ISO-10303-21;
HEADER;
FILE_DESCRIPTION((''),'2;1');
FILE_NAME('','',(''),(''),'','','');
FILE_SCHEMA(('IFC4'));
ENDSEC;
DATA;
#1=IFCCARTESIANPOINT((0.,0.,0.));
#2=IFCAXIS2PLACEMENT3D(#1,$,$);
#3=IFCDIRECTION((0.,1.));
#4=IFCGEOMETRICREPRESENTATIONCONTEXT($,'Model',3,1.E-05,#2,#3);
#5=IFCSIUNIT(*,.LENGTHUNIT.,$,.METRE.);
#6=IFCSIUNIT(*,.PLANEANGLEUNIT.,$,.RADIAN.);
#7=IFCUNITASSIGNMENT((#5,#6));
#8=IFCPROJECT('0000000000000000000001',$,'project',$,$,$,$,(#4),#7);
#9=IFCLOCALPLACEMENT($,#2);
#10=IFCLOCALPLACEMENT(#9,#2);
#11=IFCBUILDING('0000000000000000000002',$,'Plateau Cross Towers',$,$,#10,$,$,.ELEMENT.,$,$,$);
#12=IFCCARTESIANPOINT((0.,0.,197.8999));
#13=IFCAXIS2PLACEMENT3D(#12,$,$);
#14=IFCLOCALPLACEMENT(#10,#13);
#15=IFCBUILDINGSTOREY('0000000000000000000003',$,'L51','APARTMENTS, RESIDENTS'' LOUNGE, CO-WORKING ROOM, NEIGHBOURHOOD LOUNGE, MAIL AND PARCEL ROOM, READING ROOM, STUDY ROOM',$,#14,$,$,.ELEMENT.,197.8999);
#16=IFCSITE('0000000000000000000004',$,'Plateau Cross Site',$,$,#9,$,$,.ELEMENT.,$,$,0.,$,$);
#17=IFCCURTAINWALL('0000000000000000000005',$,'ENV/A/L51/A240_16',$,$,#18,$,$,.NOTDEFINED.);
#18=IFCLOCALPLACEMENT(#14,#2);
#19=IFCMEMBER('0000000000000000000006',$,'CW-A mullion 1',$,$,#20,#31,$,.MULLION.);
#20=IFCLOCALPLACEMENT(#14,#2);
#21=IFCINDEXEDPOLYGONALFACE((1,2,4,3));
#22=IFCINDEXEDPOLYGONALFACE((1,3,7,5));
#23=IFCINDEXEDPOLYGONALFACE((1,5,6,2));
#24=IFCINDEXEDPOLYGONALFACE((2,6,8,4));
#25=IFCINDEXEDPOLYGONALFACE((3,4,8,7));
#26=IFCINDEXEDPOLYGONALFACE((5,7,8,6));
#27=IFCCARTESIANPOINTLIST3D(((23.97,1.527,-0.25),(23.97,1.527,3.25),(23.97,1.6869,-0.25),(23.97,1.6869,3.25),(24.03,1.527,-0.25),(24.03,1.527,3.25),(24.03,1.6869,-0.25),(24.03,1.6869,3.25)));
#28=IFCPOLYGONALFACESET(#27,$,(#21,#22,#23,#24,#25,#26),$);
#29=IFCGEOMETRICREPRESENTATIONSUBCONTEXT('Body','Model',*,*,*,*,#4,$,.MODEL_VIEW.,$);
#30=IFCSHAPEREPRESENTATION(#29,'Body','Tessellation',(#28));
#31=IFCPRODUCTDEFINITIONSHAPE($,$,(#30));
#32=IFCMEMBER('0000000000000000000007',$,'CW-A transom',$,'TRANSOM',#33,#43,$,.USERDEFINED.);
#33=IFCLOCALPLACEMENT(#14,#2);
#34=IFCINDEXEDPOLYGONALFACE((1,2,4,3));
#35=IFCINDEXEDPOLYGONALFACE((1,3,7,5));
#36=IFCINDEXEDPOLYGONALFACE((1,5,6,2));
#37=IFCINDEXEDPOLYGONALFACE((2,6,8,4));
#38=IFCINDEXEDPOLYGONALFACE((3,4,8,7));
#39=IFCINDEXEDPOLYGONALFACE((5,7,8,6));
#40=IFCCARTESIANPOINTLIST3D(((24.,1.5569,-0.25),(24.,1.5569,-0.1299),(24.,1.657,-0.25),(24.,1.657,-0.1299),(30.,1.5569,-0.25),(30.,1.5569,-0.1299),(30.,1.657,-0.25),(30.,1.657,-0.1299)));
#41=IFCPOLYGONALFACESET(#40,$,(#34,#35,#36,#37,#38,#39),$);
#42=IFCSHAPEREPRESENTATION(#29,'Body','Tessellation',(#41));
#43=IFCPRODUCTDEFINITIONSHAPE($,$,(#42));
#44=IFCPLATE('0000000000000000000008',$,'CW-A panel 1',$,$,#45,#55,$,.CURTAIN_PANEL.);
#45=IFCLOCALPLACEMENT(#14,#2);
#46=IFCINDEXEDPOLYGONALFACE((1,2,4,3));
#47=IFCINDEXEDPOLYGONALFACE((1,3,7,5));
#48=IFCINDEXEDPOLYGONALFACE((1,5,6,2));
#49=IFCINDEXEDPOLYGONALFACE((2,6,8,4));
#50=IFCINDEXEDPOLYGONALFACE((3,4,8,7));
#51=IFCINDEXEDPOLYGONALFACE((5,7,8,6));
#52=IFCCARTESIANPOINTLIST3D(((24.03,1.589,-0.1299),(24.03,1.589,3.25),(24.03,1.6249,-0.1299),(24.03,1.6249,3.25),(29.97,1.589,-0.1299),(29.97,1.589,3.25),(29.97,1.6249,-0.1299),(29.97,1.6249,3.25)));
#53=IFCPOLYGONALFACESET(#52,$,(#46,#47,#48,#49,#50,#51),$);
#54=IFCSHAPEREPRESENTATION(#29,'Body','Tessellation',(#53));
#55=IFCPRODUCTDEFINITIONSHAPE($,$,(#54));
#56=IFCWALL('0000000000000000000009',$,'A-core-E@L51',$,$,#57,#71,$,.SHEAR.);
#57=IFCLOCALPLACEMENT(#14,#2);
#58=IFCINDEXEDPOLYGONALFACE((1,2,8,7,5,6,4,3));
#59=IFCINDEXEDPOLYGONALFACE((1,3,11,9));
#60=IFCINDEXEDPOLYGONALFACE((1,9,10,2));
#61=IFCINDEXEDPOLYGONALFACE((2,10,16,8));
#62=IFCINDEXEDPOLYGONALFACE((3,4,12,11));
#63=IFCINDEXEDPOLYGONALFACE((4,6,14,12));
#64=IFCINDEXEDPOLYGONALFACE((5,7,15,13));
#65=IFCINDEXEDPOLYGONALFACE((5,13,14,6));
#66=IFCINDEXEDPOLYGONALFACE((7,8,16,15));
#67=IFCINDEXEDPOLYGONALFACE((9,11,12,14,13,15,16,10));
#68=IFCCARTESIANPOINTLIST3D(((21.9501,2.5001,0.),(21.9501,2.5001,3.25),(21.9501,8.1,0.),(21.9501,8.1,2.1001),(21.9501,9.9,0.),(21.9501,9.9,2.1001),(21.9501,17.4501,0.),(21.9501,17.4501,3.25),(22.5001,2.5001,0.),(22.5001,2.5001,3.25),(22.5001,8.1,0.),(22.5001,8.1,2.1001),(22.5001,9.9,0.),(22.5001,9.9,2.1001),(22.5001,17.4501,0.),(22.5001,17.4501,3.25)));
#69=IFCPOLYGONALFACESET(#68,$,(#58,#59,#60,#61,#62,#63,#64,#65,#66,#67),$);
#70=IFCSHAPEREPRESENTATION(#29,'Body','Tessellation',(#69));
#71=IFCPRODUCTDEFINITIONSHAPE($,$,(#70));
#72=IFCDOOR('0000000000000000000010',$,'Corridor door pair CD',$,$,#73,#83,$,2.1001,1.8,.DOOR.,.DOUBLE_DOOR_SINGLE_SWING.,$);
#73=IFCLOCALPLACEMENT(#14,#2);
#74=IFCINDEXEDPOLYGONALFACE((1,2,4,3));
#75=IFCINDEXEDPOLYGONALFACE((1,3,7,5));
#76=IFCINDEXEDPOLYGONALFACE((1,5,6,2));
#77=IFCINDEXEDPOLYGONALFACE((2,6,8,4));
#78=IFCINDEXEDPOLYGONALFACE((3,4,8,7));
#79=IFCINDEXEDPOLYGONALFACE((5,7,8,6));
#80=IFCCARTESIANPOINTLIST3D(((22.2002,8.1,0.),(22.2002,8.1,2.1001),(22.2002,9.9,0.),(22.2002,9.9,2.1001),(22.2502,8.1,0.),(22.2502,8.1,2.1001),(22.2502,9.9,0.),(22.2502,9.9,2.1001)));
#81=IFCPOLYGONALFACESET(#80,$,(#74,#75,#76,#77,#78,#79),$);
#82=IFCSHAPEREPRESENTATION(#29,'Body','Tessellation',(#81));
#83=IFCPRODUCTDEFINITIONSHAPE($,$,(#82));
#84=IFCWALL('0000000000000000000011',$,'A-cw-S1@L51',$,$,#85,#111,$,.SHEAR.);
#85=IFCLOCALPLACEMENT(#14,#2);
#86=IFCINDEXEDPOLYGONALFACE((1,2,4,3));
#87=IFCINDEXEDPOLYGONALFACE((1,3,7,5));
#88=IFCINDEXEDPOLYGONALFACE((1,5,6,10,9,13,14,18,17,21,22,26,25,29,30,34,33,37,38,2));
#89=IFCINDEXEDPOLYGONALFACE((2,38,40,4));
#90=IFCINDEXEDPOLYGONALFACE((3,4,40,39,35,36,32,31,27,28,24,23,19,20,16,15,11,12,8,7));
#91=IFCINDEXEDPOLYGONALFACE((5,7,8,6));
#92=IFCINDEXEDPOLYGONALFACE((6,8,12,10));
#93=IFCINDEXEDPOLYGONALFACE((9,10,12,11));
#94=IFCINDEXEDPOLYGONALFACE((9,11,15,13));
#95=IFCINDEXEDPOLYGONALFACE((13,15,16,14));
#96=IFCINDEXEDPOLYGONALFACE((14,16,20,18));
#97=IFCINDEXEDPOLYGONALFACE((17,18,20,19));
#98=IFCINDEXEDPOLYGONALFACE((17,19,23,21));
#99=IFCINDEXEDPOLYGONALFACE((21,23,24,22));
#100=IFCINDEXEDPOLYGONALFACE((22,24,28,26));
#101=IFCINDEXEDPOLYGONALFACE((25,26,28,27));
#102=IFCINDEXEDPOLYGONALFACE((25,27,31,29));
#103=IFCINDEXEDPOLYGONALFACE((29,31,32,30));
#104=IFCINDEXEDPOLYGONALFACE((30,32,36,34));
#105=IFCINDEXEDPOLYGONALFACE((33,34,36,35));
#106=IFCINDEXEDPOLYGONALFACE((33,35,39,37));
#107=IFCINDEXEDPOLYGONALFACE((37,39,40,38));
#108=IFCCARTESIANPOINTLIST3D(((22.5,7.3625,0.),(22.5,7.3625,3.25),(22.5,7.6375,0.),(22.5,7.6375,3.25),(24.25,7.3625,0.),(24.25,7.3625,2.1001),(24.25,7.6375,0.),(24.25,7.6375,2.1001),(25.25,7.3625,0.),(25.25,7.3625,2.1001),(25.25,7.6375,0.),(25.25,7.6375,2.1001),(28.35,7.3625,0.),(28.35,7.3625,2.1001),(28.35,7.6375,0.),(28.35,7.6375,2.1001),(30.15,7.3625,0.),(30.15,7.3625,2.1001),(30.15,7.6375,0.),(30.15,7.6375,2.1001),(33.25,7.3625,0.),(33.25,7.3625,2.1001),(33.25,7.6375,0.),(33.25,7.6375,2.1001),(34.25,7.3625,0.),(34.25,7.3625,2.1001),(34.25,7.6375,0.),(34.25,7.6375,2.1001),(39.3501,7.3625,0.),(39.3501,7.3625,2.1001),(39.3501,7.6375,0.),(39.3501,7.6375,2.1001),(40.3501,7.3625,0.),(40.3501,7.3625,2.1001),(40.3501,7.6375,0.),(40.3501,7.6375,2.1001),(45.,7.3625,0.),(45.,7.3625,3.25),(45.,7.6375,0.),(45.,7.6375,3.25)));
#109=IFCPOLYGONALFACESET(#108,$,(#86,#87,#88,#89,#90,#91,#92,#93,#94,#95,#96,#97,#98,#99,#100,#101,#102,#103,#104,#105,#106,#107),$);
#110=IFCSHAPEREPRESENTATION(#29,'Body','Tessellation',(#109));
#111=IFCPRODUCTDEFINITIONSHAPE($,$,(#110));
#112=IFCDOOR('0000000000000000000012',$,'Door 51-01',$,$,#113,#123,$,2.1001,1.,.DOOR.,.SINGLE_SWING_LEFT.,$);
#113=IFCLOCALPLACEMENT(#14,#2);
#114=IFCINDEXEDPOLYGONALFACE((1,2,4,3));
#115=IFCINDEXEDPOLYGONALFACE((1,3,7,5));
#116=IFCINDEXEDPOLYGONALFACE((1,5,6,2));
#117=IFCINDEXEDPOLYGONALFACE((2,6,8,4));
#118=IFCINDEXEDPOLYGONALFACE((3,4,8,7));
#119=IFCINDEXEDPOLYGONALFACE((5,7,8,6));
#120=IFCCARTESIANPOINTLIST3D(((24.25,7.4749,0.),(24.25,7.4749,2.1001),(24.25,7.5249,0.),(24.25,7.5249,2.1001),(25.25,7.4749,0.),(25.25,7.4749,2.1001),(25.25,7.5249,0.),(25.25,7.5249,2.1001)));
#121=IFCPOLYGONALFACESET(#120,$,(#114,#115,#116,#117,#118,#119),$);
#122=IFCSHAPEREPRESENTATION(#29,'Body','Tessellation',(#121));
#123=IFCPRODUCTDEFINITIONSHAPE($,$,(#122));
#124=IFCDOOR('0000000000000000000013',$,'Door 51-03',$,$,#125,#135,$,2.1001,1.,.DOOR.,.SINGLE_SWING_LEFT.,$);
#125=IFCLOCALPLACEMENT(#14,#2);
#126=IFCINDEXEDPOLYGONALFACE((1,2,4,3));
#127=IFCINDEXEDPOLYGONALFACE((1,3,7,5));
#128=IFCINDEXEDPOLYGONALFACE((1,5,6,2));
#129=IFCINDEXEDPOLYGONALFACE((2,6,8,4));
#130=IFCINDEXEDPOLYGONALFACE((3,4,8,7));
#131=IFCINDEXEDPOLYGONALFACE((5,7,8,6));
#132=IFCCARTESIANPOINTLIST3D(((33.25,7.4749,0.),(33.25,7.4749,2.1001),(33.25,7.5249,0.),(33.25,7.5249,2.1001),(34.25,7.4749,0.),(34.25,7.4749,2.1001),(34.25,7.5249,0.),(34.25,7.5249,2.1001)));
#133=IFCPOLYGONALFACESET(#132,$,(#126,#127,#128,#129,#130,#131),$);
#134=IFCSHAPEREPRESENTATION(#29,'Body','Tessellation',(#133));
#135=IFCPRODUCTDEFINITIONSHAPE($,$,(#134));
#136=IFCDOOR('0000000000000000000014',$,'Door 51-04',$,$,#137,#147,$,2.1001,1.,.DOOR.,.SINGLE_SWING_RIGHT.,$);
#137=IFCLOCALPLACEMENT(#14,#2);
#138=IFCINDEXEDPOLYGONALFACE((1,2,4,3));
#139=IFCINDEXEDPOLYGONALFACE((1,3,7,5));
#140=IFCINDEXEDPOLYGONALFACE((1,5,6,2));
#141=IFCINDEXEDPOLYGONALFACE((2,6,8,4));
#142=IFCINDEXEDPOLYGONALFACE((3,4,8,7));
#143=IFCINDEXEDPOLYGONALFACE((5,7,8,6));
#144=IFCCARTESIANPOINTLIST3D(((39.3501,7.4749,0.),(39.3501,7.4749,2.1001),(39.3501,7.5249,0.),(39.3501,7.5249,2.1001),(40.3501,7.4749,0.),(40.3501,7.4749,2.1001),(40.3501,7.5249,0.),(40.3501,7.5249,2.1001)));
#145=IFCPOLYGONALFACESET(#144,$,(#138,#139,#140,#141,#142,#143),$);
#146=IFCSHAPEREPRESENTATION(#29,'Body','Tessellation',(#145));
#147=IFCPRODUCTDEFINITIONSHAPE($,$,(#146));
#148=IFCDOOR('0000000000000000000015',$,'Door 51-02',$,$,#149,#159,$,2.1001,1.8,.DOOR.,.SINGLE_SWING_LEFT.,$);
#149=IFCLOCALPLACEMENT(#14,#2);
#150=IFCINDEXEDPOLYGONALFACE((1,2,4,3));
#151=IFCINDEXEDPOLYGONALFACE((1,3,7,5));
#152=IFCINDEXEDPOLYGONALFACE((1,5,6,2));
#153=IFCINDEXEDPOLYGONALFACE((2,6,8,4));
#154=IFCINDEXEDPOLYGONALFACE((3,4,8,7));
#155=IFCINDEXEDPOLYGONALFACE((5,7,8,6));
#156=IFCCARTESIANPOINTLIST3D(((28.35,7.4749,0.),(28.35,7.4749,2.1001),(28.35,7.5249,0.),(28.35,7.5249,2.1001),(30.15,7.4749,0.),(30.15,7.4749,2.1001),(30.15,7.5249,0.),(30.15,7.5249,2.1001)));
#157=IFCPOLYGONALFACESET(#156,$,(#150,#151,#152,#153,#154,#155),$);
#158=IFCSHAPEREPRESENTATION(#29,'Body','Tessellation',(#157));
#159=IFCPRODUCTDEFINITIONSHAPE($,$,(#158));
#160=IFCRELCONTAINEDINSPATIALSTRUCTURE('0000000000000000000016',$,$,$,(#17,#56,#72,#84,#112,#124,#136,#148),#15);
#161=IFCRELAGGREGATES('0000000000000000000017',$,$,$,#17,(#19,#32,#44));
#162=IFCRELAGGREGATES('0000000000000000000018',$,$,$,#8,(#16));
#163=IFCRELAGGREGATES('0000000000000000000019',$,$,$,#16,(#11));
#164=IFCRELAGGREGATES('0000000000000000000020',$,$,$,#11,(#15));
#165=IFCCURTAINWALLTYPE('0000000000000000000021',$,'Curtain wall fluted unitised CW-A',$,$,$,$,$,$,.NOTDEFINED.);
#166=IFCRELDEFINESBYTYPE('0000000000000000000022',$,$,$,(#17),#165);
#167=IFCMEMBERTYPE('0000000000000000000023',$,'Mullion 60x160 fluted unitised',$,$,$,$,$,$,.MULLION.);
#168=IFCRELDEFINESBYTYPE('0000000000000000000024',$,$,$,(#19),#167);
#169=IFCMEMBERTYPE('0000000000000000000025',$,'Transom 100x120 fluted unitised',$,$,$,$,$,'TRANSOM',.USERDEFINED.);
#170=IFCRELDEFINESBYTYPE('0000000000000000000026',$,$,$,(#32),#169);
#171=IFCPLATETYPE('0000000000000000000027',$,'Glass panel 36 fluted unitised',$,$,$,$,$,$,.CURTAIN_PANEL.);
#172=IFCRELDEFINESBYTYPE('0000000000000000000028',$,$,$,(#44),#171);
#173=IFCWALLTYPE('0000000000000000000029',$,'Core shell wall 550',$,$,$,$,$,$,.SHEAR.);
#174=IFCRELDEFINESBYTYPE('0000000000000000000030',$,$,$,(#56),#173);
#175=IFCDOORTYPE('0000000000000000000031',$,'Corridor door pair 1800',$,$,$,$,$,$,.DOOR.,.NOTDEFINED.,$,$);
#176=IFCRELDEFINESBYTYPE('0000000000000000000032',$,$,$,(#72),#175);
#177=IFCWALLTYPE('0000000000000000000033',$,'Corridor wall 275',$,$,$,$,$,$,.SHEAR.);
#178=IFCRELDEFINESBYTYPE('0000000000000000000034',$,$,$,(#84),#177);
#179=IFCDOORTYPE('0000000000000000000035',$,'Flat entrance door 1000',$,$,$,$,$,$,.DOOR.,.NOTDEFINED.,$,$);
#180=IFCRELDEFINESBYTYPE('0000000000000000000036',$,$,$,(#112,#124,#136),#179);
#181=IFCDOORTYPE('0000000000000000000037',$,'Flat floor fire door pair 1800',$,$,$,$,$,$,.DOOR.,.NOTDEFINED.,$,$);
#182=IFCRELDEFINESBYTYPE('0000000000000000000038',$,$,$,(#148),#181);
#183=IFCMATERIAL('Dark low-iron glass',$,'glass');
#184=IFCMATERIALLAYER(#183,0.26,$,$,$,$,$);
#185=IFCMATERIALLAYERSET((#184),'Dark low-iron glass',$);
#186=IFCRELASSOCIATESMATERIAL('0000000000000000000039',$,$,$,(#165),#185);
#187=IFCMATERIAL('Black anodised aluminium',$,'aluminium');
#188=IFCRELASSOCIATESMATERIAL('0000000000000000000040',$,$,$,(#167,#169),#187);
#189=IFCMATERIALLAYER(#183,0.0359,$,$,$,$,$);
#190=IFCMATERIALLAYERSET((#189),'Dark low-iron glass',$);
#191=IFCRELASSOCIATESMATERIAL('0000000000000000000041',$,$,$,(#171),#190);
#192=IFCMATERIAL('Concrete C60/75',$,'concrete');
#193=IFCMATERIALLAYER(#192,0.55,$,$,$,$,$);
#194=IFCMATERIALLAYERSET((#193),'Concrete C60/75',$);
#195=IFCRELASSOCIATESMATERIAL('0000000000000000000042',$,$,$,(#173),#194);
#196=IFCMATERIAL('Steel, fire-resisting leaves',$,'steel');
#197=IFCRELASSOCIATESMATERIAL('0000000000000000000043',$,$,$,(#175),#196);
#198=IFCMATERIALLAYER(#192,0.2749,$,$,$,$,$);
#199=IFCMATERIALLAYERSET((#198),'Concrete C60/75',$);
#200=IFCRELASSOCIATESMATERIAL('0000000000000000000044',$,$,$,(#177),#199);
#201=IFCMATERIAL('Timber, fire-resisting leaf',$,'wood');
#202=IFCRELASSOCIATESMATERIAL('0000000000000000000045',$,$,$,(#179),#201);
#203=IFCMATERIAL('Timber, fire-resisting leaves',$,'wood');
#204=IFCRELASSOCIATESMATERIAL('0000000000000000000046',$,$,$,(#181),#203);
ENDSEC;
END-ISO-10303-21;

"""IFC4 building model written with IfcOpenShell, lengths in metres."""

from ifc_helpers import new_model, si_unit, direction, frame, frame_2d, origin, origin_2d, place, context, subcontext, project, spatial, rectangle, extrude, material, layer, layer_set, material_profile, profile_set, type_object, element, fill, aggregate, save


model = new_model("IFC4")

# Units and contexts
model_context = context("Model", 3, precision=1e-05, world=origin(), true_north=direction((0.0, 1.0)))
body_context = subcontext(model_context, "Body", "Model", "MODEL_VIEW")
ifc_project = project(units=[si_unit("LENGTHUNIT", "METRE"), si_unit("PLANEANGLEUNIT", "RADIAN")], contexts=[model_context])

# Site, building, storey
site_placement = place(None, origin())
site = spatial("IfcSite", under=ifc_project, at=site_placement, Name="Plateau Cross Site", CompositionType="ELEMENT", RefElevation=0.0)
building_placement = place(site_placement, origin())
building = spatial("IfcBuilding", under=site, at=building_placement, Name="Plateau Cross Towers", CompositionType="ELEMENT")
storey_placement = place(building_placement, frame((0.0, 0.0, 197.8999)))
storey = spatial("IfcBuildingStorey", under=building, at=storey_placement, Name="L51", Description="APARTMENTS, RESIDENTS' LOUNGE, CO-WORKING ROOM, NEIGHBOURHOOD LOUNGE, MAIL AND PARCEL ROOM, READING ROOM, STUDY ROOM", CompositionType="ELEMENT", Elevation=197.8999)

# Curtain wall, members, plate
ifc_material_1 = material(Name="Dark low-iron glass", Category="glass")
ifc_layer_1 = layer(ifc_material_1, 0.26)
ifc_layer_set_1 = layer_set([ifc_layer_1], Name="Dark low-iron glass")
curtain_wall_type = type_object("IfcCurtainWallType", Name="Curtain wall fluted unitised CW-A", PredefinedType="NOTDEFINED", material=ifc_layer_set_1)
curtain_wall_placement = place(storey_placement, origin())
curtain_wall = element("IfcCurtainWall", 1, at=curtain_wall_placement, inside=storey, type_object=curtain_wall_type, Name="ENV/A/L51/A240_16", PredefinedType="NOTDEFINED")
ifc_material_2 = material(Name="Black anodised aluminium", Category="aluminium")
ifc_material_profile_1 = material_profile(ifc_material_2, rectangle(XDim=0.0601, YDim=0.1599, at=origin_2d()), Name="MULLION 60x160")
ifc_profile_set_1 = profile_set([ifc_material_profile_1], Name="Black anodised aluminium")
member_type_1 = type_object("IfcMemberType", Name="Mullion 60x160 fluted unitised", PredefinedType="MULLION", material=ifc_profile_set_1)
member_1_placement = place(storey_placement, frame((24.0, 1.6069, -0.25), z_axis=(0.0, 0.0, 1.0), x_axis=(1.0, 0.0, 0.0)))
member_1 = element("IfcMember", 2, at=member_1_placement, type_object=member_type_1, Name="CW-A mullion 1", PredefinedType="MULLION", context=body_context, shape_type="SweptSolid", body=[
    extrude(rectangle(XDim=0.0601, YDim=0.1599, at=origin_2d()), origin(), (0.0, 0.0, 1.0), 3.5),
])
ifc_material_profile_2 = material_profile(ifc_material_2, rectangle(XDim=0.1001, YDim=0.1201, at=origin_2d()), Name="TRANSOM 100x120")
ifc_profile_set_2 = profile_set([ifc_material_profile_2], Name="Black anodised aluminium")
member_type_2 = type_object("IfcMemberType", Name="Transom 100x120 fluted unitised", ElementType="TRANSOM", PredefinedType="USERDEFINED", material=ifc_profile_set_2)
member_2_placement = place(storey_placement, frame((24.0, 1.6069, -0.1899), z_axis=(1.0, 0.0, 0.0), x_axis=(0.0, 1.0, 0.0)))
member_2 = element("IfcMember", 3, at=member_2_placement, type_object=member_type_2, Name="CW-A transom", ObjectType="TRANSOM", PredefinedType="USERDEFINED", context=body_context, shape_type="SweptSolid", body=[
    extrude(rectangle(XDim=0.1001, YDim=0.1201, at=origin_2d()), origin(), (0.0, 0.0, 1.0), 6.0),
])
ifc_layer_2 = layer(ifc_material_1, 0.0359)
ifc_layer_set_2 = layer_set([ifc_layer_2], Name="Dark low-iron glass")
plate_type = type_object("IfcPlateType", Name="Glass panel 36 fluted unitised", PredefinedType="CURTAIN_PANEL", material=ifc_layer_set_2)
plate_placement = place(storey_placement, frame((27.0, 1.6069, -0.1299), z_axis=(0.0, 0.0, 1.0), x_axis=(1.0, 0.0, 0.0)))
plate = element("IfcPlate", 4, at=plate_placement, type_object=plate_type, Name="CW-A panel 1", PredefinedType="CURTAIN_PANEL", context=body_context, shape_type="SweptSolid", body=[
    extrude(rectangle(XDim=5.9399, YDim=0.0359, at=origin_2d()), origin(), (0.0, 0.0, 1.0), 3.3799),
])
aggregate(curtain_wall, [member_1, member_2, plate])

# Wall, opening, door
ifc_material_3 = material(Name="Concrete C60/75", Category="concrete")
ifc_layer_3 = layer(ifc_material_3, 0.55)
ifc_layer_set_3 = layer_set([ifc_layer_3], Name="Concrete C60/75")
wall_type_1 = type_object("IfcWallType", Name="Core shell wall 550", PredefinedType="SHEAR", material=ifc_layer_set_3)
wall_1_placement = place(storey_placement, frame((22.2251, 2.5, 0.0), z_axis=(0.0, 0.0, 1.0), x_axis=(0.0, 1.0, 0.0)))
wall_1 = element("IfcWall", 5, at=wall_1_placement, inside=storey, type_object=wall_type_1, Name="A-core-E@L51", PredefinedType="SHEAR", context=body_context, shape_type="SweptSolid", body=[
    extrude(rectangle(XDim=14.95, YDim=0.55, at=frame_2d((7.4751, 0.0))), origin(), (0.0, 0.0, 1.0), 3.25),
])
opening_1_placement = place(wall_1_placement, frame((5.6001, 0.0, 0.0)))
opening_1 = element("IfcOpeningElement", 6, at=opening_1_placement, cuts=wall_1, PredefinedType="OPENING", context=body_context, shape_type="SweptSolid", body=[
    extrude(rectangle(XDim=1.8, YDim=2.1001, at=frame_2d((0.8999, 1.05))), frame((0.0, 0.2849, 0.0), z_axis=(0.0, -1.0, 0.0), x_axis=(1.0, 0.0, 0.0)), (0.0, 0.0, 1.0), 0.5701),
])
ifc_material_4 = material(Name="Steel, fire-resisting leaves", Category="steel")
door_type_1 = type_object("IfcDoorType", Name="Corridor door pair 1800", OperationType="NOTDEFINED", PredefinedType="DOOR", material=ifc_material_4)
door_1_placement = place(opening_1_placement, origin())
door_1 = element("IfcDoor", 7, at=door_1_placement, inside=storey, type_object=door_type_1, Name="Corridor door pair CD", OperationType="DOUBLE_DOOR_SINGLE_SWING", OverallHeight=2.1001, OverallWidth=1.8, PredefinedType="DOOR", context=body_context, shape_type="SweptSolid", body=[
    extrude(rectangle(XDim=1.8, YDim=2.1001, at=frame_2d((0.8999, 1.05))), frame((0.0, 0.0249, 0.0), z_axis=(0.0, -1.0, 0.0), x_axis=(1.0, 0.0, 0.0)), (0.0, 0.0, 1.0), 0.05),
])
fill(opening_1, door_1)

# Wall, openings, doors
ifc_layer_4 = layer(ifc_material_3, 0.2749)
ifc_layer_set_4 = layer_set([ifc_layer_4], Name="Concrete C60/75")
wall_type_2 = type_object("IfcWallType", Name="Corridor wall 275", PredefinedType="SHEAR", material=ifc_layer_set_4)
wall_2_placement = place(storey_placement, frame((22.5, 7.5, 0.0), z_axis=(0.0, 0.0, 1.0), x_axis=(1.0, 0.0, 0.0)))
wall_2 = element("IfcWall", 8, at=wall_2_placement, inside=storey, type_object=wall_type_2, Name="A-cw-S1@L51", PredefinedType="SHEAR", context=body_context, shape_type="SweptSolid", body=[
    extrude(rectangle(XDim=22.5, YDim=0.2749, at=frame_2d((11.25, 0.0))), origin(), (0.0, 0.0, 1.0), 3.25),
])
opening_2_placement = place(wall_2_placement, frame((1.75, 0.0, 0.0)))
opening_2 = element("IfcOpeningElement", 9, at=opening_2_placement, cuts=wall_2, PredefinedType="OPENING", context=body_context, shape_type="SweptSolid", body=[
    extrude(rectangle(XDim=1.0, YDim=2.1001, at=frame_2d((0.5, 1.05))), frame((0.0, 0.1475, 0.0), z_axis=(0.0, -1.0, 0.0), x_axis=(1.0, 0.0, 0.0)), (0.0, 0.0, 1.0), 0.2949),
])
opening_3_placement = place(wall_2_placement, frame((5.8501, 0.0, 0.0)))
opening_3 = element("IfcOpeningElement", 10, at=opening_3_placement, cuts=wall_2, PredefinedType="OPENING", context=body_context, shape_type="SweptSolid", body=[
    extrude(rectangle(XDim=1.8, YDim=2.1001, at=frame_2d((0.8999, 1.05))), frame((0.0, 0.1475, 0.0), z_axis=(0.0, -1.0, 0.0), x_axis=(1.0, 0.0, 0.0)), (0.0, 0.0, 1.0), 0.2949),
])
opening_4_placement = place(wall_2_placement, frame((10.75, 0.0, 0.0)))
opening_4 = element("IfcOpeningElement", 11, at=opening_4_placement, cuts=wall_2, PredefinedType="OPENING", context=body_context, shape_type="SweptSolid", body=[
    extrude(rectangle(XDim=1.0, YDim=2.1001, at=frame_2d((0.5, 1.05))), frame((0.0, 0.1475, 0.0), z_axis=(0.0, -1.0, 0.0), x_axis=(1.0, 0.0, 0.0)), (0.0, 0.0, 1.0), 0.2949),
])
opening_5_placement = place(wall_2_placement, frame((16.8501, 0.0, 0.0)))
opening_5 = element("IfcOpeningElement", 12, at=opening_5_placement, cuts=wall_2, PredefinedType="OPENING", context=body_context, shape_type="SweptSolid", body=[
    extrude(rectangle(XDim=1.0, YDim=2.1001, at=frame_2d((0.5, 1.05))), frame((0.0, 0.1475, 0.0), z_axis=(0.0, -1.0, 0.0), x_axis=(1.0, 0.0, 0.0)), (0.0, 0.0, 1.0), 0.2949),
])
ifc_material_5 = material(Name="Timber, fire-resisting leaf", Category="wood")
door_type_2 = type_object("IfcDoorType", Name="Flat entrance door 1000", OperationType="NOTDEFINED", PredefinedType="DOOR", material=ifc_material_5)
door_2_placement = place(opening_2_placement, origin())
door_2 = element("IfcDoor", 13, at=door_2_placement, inside=storey, type_object=door_type_2, Name="Door 51-01", OperationType="SINGLE_SWING_LEFT", OverallHeight=2.1001, OverallWidth=1.0, PredefinedType="DOOR", context=body_context, shape_type="SweptSolid", body=[
    extrude(rectangle(XDim=1.0, YDim=2.1001, at=frame_2d((0.5, 1.05))), frame((0.0, 0.0249, 0.0), z_axis=(0.0, -1.0, 0.0), x_axis=(1.0, 0.0, 0.0)), (0.0, 0.0, 1.0), 0.05),
])
fill(opening_2, door_2)
door_3_placement = place(opening_4_placement, origin())
door_3 = element("IfcDoor", 14, at=door_3_placement, inside=storey, type_object=door_type_2, Name="Door 51-03", OperationType="SINGLE_SWING_LEFT", OverallHeight=2.1001, OverallWidth=1.0, PredefinedType="DOOR", context=body_context, shape_type="SweptSolid", body=[
    extrude(rectangle(XDim=1.0, YDim=2.1001, at=frame_2d((0.5, 1.05))), frame((0.0, 0.0249, 0.0), z_axis=(0.0, -1.0, 0.0), x_axis=(1.0, 0.0, 0.0)), (0.0, 0.0, 1.0), 0.05),
])
fill(opening_4, door_3)
door_4_placement = place(opening_5_placement, origin())
door_4 = element("IfcDoor", 15, at=door_4_placement, inside=storey, type_object=door_type_2, Name="Door 51-04", OperationType="SINGLE_SWING_RIGHT", OverallHeight=2.1001, OverallWidth=1.0, PredefinedType="DOOR", context=body_context, shape_type="SweptSolid", body=[
    extrude(rectangle(XDim=1.0, YDim=2.1001, at=frame_2d((0.5, 1.05))), frame((0.0, 0.0249, 0.0), z_axis=(0.0, -1.0, 0.0), x_axis=(1.0, 0.0, 0.0)), (0.0, 0.0, 1.0), 0.05),
])
fill(opening_5, door_4)
ifc_material_6 = material(Name="Timber, fire-resisting leaves", Category="wood")
door_type_3 = type_object("IfcDoorType", Name="Flat floor fire door pair 1800", OperationType="NOTDEFINED", PredefinedType="DOOR", material=ifc_material_6)
door_5_placement = place(opening_3_placement, origin())
door_5 = element("IfcDoor", 16, at=door_5_placement, inside=storey, type_object=door_type_3, Name="Door 51-02", OperationType="SINGLE_SWING_LEFT", OverallHeight=2.1001, OverallWidth=1.8, PredefinedType="DOOR", context=body_context, shape_type="SweptSolid", body=[
    extrude(rectangle(XDim=1.8, YDim=2.1001, at=frame_2d((0.8999, 1.05))), frame((0.0, 0.0249, 0.0), z_axis=(0.0, -1.0, 0.0), x_axis=(1.0, 0.0, 0.0)), (0.0, 0.0, 1.0), 0.05),
])
fill(opening_3, door_5)

save(model, "model.ifc")
